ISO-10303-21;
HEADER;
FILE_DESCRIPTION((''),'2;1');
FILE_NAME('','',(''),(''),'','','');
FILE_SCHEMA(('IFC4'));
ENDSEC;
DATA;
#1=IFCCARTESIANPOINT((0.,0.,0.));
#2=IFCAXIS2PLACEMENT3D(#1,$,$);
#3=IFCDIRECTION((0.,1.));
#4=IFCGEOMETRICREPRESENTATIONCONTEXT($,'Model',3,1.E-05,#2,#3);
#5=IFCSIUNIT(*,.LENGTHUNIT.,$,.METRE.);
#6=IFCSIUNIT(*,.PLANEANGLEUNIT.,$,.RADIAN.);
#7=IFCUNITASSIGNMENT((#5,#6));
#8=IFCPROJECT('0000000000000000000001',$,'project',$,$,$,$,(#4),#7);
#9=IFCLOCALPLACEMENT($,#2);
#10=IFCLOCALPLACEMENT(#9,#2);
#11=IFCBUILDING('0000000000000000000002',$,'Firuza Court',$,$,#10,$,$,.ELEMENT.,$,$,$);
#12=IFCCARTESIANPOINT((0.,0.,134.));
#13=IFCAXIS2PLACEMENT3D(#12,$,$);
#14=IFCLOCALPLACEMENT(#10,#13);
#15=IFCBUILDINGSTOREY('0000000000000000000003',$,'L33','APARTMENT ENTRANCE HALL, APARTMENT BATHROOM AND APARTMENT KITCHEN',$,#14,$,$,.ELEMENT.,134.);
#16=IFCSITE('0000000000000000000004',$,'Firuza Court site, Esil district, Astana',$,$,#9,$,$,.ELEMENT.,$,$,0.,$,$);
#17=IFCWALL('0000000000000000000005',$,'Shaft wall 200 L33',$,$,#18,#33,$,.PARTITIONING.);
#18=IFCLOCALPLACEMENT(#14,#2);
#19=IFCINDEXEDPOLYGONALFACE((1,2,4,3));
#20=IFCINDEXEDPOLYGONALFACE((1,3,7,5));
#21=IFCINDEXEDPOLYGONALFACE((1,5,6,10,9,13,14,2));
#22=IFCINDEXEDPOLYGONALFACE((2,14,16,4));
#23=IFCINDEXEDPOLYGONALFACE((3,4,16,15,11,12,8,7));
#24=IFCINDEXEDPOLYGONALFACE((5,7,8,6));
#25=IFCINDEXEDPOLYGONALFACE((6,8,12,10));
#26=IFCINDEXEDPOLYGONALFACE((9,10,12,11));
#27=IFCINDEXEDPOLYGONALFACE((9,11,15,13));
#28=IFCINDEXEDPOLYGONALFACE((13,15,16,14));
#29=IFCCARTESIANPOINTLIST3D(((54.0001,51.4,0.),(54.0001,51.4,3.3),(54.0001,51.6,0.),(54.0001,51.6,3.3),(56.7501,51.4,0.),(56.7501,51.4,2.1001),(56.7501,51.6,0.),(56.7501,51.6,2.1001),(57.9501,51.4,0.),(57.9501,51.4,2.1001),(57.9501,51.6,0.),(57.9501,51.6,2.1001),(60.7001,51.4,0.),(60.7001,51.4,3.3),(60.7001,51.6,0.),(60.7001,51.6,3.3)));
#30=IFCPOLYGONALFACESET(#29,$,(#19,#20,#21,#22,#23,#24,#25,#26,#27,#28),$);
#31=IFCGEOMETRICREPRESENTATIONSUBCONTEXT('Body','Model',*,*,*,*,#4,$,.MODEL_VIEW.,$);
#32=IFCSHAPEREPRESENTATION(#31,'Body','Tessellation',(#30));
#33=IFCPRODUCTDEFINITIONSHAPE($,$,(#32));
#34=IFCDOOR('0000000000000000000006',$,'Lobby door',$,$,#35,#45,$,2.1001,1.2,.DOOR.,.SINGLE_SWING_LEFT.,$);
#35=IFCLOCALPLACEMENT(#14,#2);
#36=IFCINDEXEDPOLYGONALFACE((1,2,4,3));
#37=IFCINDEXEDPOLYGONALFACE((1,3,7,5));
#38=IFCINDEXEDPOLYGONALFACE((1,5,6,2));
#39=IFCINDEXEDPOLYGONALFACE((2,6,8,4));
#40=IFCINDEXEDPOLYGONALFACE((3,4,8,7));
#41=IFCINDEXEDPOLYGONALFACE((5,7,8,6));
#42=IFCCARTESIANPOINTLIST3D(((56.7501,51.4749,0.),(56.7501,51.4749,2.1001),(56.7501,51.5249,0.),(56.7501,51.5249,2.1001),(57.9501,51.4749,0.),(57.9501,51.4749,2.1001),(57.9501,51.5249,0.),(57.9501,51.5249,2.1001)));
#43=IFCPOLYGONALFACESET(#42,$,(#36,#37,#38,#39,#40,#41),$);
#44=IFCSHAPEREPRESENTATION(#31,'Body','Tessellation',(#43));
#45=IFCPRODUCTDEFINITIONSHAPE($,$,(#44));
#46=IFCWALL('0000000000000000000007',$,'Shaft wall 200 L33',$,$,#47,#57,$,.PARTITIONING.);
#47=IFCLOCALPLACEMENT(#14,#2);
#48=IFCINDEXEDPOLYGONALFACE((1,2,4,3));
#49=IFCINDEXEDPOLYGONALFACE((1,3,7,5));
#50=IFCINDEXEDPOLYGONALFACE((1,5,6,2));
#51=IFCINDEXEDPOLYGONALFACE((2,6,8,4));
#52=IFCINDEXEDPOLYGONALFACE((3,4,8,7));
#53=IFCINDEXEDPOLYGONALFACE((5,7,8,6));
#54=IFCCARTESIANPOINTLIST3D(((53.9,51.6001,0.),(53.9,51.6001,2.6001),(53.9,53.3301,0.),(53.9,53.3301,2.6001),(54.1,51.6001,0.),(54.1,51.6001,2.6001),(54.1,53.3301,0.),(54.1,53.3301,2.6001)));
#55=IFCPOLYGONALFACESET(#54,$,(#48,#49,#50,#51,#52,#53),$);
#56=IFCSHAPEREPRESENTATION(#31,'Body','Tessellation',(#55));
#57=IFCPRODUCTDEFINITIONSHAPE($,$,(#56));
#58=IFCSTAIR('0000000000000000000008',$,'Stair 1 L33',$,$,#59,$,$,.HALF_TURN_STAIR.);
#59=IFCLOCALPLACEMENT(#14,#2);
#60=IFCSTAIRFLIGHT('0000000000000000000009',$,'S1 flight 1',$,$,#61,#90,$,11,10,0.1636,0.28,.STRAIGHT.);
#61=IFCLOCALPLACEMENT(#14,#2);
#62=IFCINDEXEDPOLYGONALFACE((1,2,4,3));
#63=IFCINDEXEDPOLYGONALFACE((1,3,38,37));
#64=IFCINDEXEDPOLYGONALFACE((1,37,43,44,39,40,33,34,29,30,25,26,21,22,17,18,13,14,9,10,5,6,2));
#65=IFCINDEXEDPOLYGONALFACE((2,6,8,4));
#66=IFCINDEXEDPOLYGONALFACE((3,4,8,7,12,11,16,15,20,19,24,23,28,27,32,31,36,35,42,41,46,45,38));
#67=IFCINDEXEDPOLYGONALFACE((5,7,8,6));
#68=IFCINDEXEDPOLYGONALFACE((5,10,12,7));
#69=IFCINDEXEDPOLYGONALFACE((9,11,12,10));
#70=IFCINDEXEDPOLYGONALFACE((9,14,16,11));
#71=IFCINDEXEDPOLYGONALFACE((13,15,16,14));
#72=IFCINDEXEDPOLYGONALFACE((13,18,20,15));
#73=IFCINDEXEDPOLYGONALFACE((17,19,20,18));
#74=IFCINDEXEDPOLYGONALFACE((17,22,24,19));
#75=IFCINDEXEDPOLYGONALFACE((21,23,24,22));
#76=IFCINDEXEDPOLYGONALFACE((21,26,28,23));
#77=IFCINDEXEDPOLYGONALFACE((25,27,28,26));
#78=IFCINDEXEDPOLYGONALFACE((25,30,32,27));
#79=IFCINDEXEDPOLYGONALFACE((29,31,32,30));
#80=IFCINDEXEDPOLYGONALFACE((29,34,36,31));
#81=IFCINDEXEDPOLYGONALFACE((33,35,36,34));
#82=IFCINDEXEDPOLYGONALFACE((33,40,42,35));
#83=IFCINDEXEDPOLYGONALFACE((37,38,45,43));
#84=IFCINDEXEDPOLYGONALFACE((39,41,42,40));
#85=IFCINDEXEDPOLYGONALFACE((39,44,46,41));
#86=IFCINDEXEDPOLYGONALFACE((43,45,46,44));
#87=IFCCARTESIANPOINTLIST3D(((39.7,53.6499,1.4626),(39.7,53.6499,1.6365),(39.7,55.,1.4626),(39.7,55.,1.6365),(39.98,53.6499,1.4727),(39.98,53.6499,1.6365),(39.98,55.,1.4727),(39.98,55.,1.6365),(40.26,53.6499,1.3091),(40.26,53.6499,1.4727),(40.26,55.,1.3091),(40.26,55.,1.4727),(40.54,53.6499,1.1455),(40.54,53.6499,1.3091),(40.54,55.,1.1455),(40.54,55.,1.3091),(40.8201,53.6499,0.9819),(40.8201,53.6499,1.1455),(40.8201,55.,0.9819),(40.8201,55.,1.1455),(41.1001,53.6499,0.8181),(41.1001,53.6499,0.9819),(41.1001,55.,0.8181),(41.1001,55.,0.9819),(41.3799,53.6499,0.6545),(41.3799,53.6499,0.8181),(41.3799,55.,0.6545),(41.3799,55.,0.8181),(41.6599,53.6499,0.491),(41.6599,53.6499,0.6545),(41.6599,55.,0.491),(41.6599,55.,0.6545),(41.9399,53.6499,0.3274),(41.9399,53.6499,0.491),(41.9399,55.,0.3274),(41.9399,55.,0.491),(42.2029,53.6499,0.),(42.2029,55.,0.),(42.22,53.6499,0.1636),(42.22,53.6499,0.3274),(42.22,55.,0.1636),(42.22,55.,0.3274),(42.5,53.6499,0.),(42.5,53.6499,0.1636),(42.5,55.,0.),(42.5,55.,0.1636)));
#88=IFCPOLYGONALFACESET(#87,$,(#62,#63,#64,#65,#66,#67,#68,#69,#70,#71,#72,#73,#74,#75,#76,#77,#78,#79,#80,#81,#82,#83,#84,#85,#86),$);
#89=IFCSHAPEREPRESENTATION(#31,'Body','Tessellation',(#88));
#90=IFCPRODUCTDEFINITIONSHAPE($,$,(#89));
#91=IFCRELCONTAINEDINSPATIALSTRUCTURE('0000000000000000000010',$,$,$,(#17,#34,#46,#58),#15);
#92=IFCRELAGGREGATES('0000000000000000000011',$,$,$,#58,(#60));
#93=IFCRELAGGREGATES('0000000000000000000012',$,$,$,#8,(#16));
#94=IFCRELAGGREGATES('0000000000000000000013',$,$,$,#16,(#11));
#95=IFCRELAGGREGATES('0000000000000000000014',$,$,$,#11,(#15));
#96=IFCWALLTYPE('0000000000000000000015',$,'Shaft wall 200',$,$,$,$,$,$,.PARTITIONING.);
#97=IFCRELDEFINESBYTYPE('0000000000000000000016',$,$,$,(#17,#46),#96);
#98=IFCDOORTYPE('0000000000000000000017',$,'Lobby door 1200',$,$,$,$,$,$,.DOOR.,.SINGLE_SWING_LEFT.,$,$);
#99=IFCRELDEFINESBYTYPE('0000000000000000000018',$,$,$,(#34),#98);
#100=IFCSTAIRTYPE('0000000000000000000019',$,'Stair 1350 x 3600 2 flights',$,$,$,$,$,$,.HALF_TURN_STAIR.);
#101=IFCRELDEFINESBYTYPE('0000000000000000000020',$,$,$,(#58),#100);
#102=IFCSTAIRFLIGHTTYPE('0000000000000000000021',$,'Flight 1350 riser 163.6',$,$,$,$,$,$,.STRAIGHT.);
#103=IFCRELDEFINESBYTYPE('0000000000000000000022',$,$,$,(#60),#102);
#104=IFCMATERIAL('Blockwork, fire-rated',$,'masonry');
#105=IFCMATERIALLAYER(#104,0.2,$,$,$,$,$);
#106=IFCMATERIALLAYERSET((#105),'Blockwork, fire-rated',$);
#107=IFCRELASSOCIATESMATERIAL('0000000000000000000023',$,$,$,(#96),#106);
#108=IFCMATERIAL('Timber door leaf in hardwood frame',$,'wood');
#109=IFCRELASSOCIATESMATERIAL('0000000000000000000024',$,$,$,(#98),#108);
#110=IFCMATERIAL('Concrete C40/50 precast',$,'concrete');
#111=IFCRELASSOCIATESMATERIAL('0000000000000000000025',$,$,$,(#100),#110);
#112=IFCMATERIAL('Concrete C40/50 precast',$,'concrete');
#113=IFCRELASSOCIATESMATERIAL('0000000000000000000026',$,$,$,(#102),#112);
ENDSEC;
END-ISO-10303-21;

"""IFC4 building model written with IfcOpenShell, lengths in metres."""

from ifc_helpers import new_model, si_unit, direction, frame, frame_2d, origin, place, context, subcontext, project, spatial, polyline, rectangle, outline, extrude, material, layer, layer_set, type_object, element, fill, aggregate, save


model = new_model("IFC4")

# Units and contexts
model_context = context("Model", 3, precision=1e-05, world=origin(), true_north=direction((0.0, 1.0)))
body_context = subcontext(model_context, "Body", "Model", "MODEL_VIEW")
ifc_project = project(units=[si_unit("LENGTHUNIT", "METRE"), si_unit("PLANEANGLEUNIT", "RADIAN")], contexts=[model_context])

# Site, building, storey
site_placement = place(None, origin())
site = spatial("IfcSite", under=ifc_project, at=site_placement, Name="Firuza Court site, Esil district, Astana", CompositionType="ELEMENT", RefElevation=0.0)
building_placement = place(site_placement, origin())
building = spatial("IfcBuilding", under=site, at=building_placement, Name="Firuza Court", CompositionType="ELEMENT")
storey_placement = place(building_placement, frame((0.0, 0.0, 134.0)))
storey = spatial("IfcBuildingStorey", under=building, at=storey_placement, Name="L33", Description="APARTMENT ENTRANCE HALL, APARTMENT BATHROOM AND APARTMENT KITCHEN", CompositionType="ELEMENT", Elevation=134.0)

# Shared definitions
ifc_material_1 = material(Name="Blockwork, fire-rated", Category="masonry")
ifc_layer_1 = layer(ifc_material_1, 0.2)
ifc_layer_set_1 = layer_set([ifc_layer_1], Name="Blockwork, fire-rated")
wall_type_1 = type_object("IfcWallType", Name="Shaft wall 200", PredefinedType="PARTITIONING", material=ifc_layer_set_1)

# Wall, opening, door
wall_1_placement = place(storey_placement, frame((54.0, 51.5, 0.0), z_axis=(0.0, 0.0, 1.0), x_axis=(1.0, 0.0, 0.0)))
wall_1 = element("IfcWall", 1, at=wall_1_placement, inside=storey, type_object=wall_type_1, Name="Shaft wall 200 L33", PredefinedType="PARTITIONING", context=body_context, shape_type="SweptSolid", body=[
    extrude(rectangle(XDim=6.7, YDim=0.2, at=frame_2d((3.3501, 0.0))), origin(), (0.0, 0.0, 1.0), 3.3),
])
opening_1_placement = place(wall_1_placement, frame((2.75, 0.0, 0.0)))
opening_1 = element("IfcOpeningElement", 2, at=opening_1_placement, cuts=wall_1, PredefinedType="OPENING", context=body_context, shape_type="SweptSolid", body=[
    extrude(rectangle(XDim=1.2, YDim=2.1001, at=frame_2d((0.6001, 1.05))), frame((0.0, 0.1118, 0.0), z_axis=(0.0, -1.0, 0.0), x_axis=(1.0, 0.0, 0.0)), (0.0, 0.0, 1.0), 0.2239),
])
ifc_material_2 = material(Name="Timber door leaf in hardwood frame", Category="wood")
door_type_1 = type_object("IfcDoorType", Name="Lobby door 1200", OperationType="SINGLE_SWING_LEFT", PredefinedType="DOOR", material=ifc_material_2)
door_1_placement = place(opening_1_placement, origin())
door_1 = element("IfcDoor", 3, at=door_1_placement, inside=storey, type_object=door_type_1, Name="Lobby door", OperationType="SINGLE_SWING_LEFT", OverallHeight=2.1001, OverallWidth=1.2, PredefinedType="DOOR", context=body_context, shape_type="SweptSolid", body=[
    extrude(rectangle(XDim=1.2, YDim=2.1001, at=frame_2d((0.6001, 1.05))), frame((0.0, 0.0249, 0.0), z_axis=(0.0, -1.0, 0.0), x_axis=(1.0, 0.0, 0.0)), (0.0, 0.0, 1.0), 0.05),
])
fill(opening_1, door_1)

# Wall
wall_2_placement = place(storey_placement, frame((54.0, 51.6001, 0.0), z_axis=(0.0, 0.0, 1.0), x_axis=(0.0, 1.0, 0.0)))
element("IfcWall", 4, at=wall_2_placement, inside=storey, type_object=wall_type_1, Name="Shaft wall 200 L33", PredefinedType="PARTITIONING", context=body_context, shape_type="SweptSolid", body=[
    extrude(rectangle(XDim=1.73, YDim=0.2, at=frame_2d((0.865, 0.0))), origin(), (0.0, 0.0, 1.0), 2.6001),
])

# Stair, stair flight
ifc_material_3 = material(Name="Concrete C40/50 precast", Category="concrete")
stair_type = type_object("IfcStairType", Name="Stair 1350 x 3600 2 flights", PredefinedType="HALF_TURN_STAIR", material=ifc_material_3)
stair_placement = place(storey_placement, origin())
stair = element("IfcStair", 5, at=stair_placement, inside=storey, type_object=stair_type, Name="Stair 1 L33", PredefinedType="HALF_TURN_STAIR")
ifc_material_4 = material(Name="Concrete C40/50 precast", Category="concrete")
stair_flight_type = type_object("IfcStairFlightType", Name="Flight 1350 riser 163.6", PredefinedType="STRAIGHT", material=ifc_material_4)
stair_flight_placement = place(storey_placement, frame((42.5, 54.325, 0.0), z_axis=(0.0, 0.0, 1.0), x_axis=(-1.0, 0.0, 0.0)))
stair_flight = element("IfcStairFlight", 6, at=stair_flight_placement, type_object=stair_flight_type, Name="S1 flight 1", NumberOfRisers=11, NumberOfTreads=10, PredefinedType="STRAIGHT", RiserHeight=0.1636, TreadLength=0.28, context=body_context, shape_type="SweptSolid", body=[
    extrude(outline(polyline([(0.0, 0.0), (0.0, 0.1636), (0.28, 0.1636), (0.28, 0.3274), (0.5601, 0.3274), (0.5601, 0.491), (0.8401, 0.491), (0.8401, 0.6545), (1.1201, 0.6545), (1.1201, 0.8181), (1.3999, 0.8181), (1.3999, 0.9819), (1.6799, 0.9819), (1.6799, 1.1455), (1.96, 1.1455), (1.96, 1.3091), (2.24, 1.3091), (2.24, 1.4727), (2.52, 1.4727), (2.52, 1.6365), (2.8, 1.6365), (2.8, 1.8), (2.8, 1.4626), (0.2971, 0.0), (0.0, 0.0)])), frame((0.0, 0.675, 0.0), z_axis=(0.0, -1.0, 0.0), x_axis=(1.0, 0.0, 0.0)), (0.0, 0.0, 1.0), 1.3501),
])
aggregate(stair, [stair_flight])

save(model, "model.ifc")
